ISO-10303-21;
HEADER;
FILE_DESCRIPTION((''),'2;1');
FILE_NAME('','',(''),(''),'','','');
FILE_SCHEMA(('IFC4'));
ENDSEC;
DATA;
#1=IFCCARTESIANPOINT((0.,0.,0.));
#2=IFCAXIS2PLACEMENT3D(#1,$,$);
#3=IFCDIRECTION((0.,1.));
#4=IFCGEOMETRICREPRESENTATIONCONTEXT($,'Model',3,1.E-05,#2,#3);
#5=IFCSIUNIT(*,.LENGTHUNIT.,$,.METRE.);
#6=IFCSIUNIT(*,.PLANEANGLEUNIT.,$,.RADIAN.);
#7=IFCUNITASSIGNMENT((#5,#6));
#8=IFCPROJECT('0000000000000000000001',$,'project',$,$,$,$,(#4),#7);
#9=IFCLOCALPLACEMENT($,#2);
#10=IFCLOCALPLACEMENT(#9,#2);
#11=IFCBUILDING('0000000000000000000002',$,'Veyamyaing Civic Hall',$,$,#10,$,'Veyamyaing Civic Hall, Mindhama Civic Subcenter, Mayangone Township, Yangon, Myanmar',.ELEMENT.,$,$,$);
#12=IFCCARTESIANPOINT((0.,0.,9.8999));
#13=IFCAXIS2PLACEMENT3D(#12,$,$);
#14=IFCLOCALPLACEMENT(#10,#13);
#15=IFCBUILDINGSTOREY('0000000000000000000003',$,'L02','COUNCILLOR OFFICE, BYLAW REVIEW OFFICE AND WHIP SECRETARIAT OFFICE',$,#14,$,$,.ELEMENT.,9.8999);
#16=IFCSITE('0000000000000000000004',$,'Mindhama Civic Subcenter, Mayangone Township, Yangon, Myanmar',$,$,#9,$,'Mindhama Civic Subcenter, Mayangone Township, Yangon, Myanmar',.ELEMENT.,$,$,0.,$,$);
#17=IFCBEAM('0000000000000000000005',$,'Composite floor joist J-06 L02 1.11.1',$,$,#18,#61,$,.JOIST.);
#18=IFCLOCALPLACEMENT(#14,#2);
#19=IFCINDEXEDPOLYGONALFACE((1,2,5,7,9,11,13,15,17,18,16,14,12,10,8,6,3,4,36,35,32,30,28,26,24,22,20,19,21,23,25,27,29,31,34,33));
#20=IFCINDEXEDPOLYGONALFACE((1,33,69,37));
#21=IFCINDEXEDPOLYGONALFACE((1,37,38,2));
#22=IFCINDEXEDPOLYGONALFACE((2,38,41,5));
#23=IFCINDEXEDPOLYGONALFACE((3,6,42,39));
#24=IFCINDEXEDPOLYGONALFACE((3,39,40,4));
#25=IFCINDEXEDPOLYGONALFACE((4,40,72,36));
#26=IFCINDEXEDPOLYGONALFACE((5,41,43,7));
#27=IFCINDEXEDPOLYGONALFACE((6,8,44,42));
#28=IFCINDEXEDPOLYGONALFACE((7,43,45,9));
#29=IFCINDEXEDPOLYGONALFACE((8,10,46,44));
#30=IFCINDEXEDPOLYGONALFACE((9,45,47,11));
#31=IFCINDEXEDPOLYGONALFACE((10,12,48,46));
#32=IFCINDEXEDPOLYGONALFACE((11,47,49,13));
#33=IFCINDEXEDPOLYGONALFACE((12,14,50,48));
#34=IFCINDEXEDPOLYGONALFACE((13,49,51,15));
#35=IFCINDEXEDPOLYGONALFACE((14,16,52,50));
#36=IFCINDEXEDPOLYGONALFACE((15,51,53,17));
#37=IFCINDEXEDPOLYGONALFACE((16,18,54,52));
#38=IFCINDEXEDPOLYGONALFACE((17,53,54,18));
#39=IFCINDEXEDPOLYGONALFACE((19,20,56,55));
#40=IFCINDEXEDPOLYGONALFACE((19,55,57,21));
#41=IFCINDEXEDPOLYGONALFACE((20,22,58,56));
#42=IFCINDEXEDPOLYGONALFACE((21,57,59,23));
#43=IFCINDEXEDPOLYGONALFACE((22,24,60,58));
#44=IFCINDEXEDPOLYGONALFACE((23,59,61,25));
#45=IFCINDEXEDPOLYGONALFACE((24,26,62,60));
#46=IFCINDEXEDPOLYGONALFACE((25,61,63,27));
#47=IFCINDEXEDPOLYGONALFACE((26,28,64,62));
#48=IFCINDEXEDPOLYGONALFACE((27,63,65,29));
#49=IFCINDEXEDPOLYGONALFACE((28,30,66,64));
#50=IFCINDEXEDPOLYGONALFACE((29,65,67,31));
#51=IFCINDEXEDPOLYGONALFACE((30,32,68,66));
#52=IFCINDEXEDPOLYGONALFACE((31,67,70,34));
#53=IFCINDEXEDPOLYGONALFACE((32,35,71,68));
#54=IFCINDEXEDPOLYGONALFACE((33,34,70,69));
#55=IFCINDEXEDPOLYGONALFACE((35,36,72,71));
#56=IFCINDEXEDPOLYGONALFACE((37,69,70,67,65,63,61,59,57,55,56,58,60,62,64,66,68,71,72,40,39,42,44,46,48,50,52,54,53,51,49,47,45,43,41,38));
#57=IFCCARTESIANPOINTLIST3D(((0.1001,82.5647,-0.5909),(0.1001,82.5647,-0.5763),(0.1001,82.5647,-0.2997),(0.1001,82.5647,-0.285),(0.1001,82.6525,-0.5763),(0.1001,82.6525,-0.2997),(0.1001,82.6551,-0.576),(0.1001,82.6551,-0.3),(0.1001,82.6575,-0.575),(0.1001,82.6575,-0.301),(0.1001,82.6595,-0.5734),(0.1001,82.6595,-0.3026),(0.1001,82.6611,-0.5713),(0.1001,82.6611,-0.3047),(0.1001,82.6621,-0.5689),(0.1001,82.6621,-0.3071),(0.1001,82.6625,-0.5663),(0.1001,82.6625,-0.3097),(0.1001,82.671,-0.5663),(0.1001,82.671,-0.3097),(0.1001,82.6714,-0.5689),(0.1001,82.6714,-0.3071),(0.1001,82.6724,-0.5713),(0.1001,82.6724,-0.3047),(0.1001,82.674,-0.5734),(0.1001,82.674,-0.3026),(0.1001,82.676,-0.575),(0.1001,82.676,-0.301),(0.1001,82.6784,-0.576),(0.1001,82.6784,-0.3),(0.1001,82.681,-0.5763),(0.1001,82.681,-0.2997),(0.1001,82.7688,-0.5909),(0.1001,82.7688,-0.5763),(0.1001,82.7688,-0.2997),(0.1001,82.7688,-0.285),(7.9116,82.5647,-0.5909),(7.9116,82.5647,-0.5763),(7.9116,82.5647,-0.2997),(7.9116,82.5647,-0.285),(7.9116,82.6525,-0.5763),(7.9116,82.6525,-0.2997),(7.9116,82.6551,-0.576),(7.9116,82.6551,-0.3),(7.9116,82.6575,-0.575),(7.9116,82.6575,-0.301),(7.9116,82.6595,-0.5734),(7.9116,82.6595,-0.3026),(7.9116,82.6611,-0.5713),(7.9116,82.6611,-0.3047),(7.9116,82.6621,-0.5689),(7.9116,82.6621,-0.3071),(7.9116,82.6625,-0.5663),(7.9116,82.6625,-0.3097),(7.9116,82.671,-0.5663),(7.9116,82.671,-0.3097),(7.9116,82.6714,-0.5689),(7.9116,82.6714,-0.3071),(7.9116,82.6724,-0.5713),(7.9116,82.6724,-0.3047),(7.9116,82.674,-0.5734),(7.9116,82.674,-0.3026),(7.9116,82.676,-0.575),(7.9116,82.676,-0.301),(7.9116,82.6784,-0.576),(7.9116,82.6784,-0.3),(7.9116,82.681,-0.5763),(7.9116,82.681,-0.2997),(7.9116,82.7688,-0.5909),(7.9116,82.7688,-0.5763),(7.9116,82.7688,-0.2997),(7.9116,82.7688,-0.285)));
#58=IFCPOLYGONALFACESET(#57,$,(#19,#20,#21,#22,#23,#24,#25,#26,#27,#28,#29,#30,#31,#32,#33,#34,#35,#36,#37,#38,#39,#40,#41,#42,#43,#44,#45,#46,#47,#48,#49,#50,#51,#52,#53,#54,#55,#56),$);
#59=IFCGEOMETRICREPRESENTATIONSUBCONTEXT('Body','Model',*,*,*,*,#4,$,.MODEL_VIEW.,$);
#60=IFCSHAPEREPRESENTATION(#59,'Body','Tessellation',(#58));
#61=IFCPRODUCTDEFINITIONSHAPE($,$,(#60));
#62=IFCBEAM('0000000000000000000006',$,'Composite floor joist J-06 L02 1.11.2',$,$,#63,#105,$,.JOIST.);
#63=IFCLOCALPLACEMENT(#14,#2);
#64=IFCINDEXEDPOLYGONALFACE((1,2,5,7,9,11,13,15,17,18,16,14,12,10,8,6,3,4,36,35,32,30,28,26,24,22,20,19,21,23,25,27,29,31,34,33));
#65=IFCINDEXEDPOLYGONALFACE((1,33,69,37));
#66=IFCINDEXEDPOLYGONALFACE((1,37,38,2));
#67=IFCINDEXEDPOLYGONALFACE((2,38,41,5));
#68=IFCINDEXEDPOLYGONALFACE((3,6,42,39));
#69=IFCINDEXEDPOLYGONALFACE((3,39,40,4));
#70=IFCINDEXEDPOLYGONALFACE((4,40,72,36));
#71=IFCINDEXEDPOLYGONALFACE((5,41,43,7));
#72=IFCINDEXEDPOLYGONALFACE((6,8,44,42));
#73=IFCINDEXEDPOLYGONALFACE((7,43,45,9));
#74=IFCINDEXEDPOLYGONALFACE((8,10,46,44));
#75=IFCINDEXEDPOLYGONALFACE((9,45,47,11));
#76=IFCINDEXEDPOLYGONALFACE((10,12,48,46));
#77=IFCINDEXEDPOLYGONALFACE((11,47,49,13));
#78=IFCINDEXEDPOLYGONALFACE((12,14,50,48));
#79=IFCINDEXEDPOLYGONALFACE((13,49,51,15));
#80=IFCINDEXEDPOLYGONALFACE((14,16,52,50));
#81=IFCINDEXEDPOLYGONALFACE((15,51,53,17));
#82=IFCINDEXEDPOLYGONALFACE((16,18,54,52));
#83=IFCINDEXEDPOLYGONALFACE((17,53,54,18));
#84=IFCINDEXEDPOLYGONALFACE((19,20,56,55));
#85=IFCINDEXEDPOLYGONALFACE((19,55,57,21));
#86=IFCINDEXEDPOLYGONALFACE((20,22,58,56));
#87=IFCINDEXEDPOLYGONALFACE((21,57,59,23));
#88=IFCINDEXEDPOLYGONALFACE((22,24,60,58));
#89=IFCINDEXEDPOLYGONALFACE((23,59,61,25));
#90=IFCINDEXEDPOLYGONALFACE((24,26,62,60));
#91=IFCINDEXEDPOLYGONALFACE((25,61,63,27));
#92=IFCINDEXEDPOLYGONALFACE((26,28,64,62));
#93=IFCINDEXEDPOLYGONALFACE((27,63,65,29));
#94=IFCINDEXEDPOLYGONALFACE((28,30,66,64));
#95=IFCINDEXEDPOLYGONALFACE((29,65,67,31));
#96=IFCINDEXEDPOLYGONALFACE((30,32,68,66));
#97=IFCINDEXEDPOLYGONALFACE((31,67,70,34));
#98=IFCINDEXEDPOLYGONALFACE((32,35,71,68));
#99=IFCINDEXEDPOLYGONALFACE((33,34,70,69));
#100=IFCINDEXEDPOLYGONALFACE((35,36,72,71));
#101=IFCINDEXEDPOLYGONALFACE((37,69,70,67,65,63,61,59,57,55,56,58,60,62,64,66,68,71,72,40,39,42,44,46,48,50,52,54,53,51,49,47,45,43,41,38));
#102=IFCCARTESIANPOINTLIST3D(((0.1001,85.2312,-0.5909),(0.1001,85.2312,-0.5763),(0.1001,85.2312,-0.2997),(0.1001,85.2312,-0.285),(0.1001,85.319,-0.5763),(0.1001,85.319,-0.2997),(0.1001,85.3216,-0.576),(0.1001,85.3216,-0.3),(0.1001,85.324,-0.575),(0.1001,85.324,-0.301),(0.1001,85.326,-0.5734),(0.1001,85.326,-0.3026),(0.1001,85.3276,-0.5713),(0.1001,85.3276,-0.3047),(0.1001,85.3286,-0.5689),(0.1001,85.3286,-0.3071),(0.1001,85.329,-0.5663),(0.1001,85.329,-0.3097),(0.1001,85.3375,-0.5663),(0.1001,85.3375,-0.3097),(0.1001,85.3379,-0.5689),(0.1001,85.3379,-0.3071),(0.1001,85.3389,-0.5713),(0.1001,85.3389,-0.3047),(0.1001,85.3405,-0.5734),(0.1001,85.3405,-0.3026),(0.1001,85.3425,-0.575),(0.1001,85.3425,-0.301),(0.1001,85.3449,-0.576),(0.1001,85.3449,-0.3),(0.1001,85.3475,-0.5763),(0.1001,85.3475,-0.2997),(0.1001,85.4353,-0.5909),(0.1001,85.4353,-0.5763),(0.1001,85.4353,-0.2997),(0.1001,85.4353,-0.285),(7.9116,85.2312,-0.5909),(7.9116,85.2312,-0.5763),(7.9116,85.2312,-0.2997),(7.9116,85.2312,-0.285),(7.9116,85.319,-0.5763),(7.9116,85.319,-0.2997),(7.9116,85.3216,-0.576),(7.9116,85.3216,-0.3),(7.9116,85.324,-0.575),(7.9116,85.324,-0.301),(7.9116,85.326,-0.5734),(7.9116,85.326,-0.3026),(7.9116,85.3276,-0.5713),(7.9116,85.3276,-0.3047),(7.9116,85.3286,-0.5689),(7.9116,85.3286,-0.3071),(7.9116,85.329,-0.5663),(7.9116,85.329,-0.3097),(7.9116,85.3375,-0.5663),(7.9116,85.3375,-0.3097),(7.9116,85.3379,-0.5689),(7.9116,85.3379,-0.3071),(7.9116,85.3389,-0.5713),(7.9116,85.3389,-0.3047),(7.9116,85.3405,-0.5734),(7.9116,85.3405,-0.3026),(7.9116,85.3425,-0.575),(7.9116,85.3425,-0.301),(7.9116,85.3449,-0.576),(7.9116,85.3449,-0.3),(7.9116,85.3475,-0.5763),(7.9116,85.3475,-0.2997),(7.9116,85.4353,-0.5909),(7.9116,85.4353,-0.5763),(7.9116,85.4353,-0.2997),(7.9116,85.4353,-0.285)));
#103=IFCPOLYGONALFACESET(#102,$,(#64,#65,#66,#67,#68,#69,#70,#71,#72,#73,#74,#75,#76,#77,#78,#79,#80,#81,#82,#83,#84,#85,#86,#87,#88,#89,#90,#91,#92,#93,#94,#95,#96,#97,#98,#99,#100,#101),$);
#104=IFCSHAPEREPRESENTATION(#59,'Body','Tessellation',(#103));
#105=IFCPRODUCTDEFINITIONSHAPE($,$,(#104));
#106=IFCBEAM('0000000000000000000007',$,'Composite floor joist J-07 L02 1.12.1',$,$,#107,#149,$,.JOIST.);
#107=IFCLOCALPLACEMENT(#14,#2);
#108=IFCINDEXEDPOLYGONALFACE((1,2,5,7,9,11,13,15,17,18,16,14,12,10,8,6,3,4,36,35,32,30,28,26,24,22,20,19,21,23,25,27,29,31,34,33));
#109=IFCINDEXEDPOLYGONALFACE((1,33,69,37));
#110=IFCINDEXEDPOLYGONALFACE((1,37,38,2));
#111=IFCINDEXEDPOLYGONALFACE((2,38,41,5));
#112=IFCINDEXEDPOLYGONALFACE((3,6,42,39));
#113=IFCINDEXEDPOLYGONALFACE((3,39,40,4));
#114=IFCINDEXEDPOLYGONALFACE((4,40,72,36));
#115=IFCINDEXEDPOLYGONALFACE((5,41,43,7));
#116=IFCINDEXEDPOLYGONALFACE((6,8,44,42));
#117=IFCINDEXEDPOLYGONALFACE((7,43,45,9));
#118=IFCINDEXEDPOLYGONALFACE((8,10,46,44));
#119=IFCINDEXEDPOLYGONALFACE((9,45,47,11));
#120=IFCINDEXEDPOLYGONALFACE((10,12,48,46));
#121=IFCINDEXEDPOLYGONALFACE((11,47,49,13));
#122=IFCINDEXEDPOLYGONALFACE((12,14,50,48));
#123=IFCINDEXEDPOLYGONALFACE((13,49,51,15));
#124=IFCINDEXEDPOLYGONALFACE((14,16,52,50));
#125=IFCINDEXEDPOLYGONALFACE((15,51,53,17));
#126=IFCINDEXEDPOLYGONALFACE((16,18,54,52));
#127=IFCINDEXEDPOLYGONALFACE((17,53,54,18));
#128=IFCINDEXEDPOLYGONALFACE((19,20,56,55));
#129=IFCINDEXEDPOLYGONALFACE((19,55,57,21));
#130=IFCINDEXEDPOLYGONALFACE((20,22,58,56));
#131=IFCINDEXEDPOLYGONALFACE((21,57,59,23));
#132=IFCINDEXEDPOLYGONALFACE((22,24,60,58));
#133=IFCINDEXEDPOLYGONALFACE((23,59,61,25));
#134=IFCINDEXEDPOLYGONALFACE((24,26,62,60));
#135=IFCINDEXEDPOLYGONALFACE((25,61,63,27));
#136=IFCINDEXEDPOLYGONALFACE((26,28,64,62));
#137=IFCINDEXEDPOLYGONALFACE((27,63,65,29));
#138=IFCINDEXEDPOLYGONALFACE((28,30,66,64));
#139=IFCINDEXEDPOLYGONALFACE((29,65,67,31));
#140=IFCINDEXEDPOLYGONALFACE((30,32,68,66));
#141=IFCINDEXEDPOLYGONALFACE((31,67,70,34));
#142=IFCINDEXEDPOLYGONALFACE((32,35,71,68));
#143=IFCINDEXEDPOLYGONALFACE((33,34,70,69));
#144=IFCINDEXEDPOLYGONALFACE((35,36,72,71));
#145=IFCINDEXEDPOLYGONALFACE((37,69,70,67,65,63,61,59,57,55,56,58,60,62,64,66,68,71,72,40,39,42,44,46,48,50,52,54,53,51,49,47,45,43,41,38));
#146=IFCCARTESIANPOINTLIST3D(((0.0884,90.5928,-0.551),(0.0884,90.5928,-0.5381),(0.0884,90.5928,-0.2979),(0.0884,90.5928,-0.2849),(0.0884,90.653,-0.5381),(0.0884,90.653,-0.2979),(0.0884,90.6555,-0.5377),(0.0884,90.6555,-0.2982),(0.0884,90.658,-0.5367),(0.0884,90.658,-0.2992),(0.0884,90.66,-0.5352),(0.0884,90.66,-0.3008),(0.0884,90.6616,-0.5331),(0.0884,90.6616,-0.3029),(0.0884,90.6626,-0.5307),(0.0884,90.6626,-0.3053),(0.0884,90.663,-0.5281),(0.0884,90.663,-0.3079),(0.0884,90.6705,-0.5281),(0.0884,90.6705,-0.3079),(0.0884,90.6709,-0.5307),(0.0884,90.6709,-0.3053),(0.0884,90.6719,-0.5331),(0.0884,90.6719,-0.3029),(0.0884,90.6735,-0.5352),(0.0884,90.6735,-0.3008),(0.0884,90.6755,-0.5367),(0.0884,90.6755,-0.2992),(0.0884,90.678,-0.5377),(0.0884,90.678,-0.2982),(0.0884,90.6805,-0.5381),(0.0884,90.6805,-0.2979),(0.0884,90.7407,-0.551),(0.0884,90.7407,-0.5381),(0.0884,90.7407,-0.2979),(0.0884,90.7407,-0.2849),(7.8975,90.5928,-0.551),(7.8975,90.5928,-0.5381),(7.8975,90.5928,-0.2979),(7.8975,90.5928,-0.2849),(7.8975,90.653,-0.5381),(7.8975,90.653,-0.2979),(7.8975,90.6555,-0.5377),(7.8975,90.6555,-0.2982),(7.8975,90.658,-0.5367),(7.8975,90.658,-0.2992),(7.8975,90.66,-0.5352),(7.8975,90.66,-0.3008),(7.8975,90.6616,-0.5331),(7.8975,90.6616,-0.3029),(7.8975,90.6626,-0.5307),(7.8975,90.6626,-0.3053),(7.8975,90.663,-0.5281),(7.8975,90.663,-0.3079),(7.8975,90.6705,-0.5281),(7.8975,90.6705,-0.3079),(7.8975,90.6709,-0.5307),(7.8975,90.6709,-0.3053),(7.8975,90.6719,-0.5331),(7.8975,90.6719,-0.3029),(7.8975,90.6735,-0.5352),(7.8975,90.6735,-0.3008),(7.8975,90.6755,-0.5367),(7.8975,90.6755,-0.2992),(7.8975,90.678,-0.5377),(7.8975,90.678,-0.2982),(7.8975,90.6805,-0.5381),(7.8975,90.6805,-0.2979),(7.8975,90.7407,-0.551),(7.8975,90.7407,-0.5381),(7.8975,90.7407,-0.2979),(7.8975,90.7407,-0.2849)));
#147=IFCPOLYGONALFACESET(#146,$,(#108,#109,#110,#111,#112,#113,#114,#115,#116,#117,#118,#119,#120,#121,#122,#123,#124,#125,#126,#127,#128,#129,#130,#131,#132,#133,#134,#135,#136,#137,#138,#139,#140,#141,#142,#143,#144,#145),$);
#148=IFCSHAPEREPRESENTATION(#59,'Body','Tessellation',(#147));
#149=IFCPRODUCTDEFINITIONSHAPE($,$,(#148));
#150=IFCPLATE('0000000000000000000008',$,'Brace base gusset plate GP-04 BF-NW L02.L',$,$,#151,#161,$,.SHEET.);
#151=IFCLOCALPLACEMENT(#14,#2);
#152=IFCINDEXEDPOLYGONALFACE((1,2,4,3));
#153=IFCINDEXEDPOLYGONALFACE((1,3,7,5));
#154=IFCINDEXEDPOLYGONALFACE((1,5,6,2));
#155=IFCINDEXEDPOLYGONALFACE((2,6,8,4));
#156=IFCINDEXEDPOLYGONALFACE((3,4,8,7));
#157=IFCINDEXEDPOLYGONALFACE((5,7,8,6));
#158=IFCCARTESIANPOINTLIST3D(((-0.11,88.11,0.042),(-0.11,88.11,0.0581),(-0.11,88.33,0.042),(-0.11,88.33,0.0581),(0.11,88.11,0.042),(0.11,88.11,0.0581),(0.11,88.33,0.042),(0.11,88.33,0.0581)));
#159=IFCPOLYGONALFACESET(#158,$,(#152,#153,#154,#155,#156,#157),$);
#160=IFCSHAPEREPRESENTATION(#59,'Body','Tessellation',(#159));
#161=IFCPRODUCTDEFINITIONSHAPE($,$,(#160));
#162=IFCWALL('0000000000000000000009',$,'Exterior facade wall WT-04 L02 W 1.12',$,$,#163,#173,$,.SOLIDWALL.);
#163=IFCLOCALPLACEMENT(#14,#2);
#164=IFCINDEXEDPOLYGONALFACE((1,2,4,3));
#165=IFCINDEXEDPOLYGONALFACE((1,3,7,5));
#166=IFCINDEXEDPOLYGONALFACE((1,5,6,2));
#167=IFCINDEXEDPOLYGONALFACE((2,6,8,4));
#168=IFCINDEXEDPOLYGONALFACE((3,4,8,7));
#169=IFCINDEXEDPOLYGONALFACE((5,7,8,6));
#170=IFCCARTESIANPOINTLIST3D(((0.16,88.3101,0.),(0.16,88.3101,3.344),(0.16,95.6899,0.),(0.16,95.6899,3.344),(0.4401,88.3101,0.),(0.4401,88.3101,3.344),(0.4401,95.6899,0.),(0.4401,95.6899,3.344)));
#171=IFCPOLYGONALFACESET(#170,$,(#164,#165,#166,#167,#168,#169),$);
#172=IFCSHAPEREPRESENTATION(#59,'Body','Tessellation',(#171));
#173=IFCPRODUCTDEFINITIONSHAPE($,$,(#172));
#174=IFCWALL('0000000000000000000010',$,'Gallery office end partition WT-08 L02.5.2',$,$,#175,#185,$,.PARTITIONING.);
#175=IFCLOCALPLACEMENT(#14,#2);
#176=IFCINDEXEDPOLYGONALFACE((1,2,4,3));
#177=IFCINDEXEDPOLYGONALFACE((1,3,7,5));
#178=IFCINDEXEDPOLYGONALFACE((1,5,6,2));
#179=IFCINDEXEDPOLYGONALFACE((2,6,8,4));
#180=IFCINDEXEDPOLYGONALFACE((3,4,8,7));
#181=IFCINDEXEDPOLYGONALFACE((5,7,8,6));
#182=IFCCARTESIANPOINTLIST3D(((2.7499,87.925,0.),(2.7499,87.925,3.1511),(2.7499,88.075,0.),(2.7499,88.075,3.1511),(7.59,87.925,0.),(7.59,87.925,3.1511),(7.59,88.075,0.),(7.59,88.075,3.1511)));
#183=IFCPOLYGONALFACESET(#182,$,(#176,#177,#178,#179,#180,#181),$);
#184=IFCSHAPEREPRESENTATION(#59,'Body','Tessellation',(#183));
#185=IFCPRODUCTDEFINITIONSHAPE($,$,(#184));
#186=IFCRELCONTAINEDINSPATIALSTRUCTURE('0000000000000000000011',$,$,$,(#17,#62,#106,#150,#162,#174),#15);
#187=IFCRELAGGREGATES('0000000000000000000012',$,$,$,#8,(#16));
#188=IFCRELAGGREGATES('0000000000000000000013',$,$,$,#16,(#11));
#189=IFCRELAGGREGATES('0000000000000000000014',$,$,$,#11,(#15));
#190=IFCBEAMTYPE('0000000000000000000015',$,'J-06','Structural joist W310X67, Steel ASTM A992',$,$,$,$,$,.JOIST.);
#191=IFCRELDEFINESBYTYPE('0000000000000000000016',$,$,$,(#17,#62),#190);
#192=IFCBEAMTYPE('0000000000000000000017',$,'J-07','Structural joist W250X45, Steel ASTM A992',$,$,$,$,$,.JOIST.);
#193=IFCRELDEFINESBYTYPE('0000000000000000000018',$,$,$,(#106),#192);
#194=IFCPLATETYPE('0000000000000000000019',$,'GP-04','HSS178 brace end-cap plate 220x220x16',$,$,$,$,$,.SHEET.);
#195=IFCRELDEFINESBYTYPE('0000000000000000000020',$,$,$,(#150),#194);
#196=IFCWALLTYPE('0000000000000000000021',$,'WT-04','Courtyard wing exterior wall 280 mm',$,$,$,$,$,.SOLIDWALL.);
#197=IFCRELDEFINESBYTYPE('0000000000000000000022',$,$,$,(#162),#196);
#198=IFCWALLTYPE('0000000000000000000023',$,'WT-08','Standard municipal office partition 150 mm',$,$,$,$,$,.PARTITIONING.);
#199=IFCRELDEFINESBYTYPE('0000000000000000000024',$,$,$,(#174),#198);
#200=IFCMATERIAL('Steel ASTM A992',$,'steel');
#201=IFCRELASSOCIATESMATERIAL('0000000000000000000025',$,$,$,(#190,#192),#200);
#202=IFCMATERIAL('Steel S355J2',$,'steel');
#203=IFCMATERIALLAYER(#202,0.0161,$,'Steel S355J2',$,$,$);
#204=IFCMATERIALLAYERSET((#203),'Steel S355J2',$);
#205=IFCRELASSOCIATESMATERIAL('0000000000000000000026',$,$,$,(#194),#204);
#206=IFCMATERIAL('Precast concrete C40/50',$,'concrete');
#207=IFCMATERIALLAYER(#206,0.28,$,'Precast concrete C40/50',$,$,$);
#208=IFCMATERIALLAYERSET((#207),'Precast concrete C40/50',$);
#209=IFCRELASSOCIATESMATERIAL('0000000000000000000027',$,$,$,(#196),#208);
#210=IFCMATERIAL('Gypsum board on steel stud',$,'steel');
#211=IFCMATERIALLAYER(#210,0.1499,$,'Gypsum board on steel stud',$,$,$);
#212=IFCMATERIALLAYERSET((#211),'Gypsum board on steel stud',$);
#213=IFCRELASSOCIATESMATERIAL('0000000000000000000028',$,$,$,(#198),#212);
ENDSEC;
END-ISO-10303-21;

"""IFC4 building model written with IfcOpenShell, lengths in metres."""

from ifc_helpers import new_model, si_unit, direction, frame, frame_2d, origin, origin_2d, place, context, subcontext, project, spatial, rectangle, i_section, extrude, material, layer, layer_set, material_profile, profile_set, type_object, element, save


model = new_model("IFC4")

# Units and contexts
model_context = context("Model", 3, precision=1e-05, world=origin(), true_north=direction((0.0, 1.0)))
body_context = subcontext(model_context, "Body", "Model", "MODEL_VIEW")
ifc_project = project(units=[si_unit("LENGTHUNIT", "METRE"), si_unit("PLANEANGLEUNIT", "RADIAN")], contexts=[model_context])

# Site, building, storey
site_placement = place(None, origin())
site = spatial("IfcSite", under=ifc_project, at=site_placement, Name="Mindhama Civic Subcenter, Mayangone Township, Yangon, Myanmar", LongName="Mindhama Civic Subcenter, Mayangone Township, Yangon, Myanmar", CompositionType="ELEMENT", RefElevation=0.0)
building_placement = place(site_placement, origin())
building = spatial("IfcBuilding", under=site, at=building_placement, Name="Veyamyaing Civic Hall", LongName="Veyamyaing Civic Hall, Mindhama Civic Subcenter, Mayangone Township, Yangon, Myanmar", CompositionType="ELEMENT")
storey_placement = place(building_placement, frame((0.0, 0.0, 9.8999)))
storey = spatial("IfcBuildingStorey", under=building, at=storey_placement, Name="L02", Description="COUNCILLOR OFFICE, BYLAW REVIEW OFFICE AND WHIP SECRETARIAT OFFICE", CompositionType="ELEMENT", Elevation=9.8999)

# Shared definitions
ifc_material_1 = material(Name="Steel ASTM A992", Category="steel")

# Shared definitions
ifc_material_2 = material(Name="Steel S355J2", Category="steel")

# Beams
ifc_material_profile_1 = material_profile(ifc_material_1, i_section(OverallWidth=0.2041, OverallDepth=0.3059, WebThickness=0.0085, FlangeThickness=0.0146, FilletRadius=0.01, at=origin_2d()), Name="W310X67")
ifc_profile_set_1 = profile_set([ifc_material_profile_1], Name="Steel ASTM A992")
beam_type_1 = type_object("IfcBeamType", Name="J-06", Description="Structural joist W310X67, Steel ASTM A992", PredefinedType="JOIST", material=ifc_profile_set_1)
for number, where, z_axis, x_axis, name in (
    (1, (0.1001, 82.6667, -0.438), (1.0, 0.0, 0.0), (0.0, 1.0, 0.0), "Composite floor joist J-06 L02 1.11.1"),
    (2, (0.1001, 85.3333, -0.438), (1.0, 0.0, 0.0), (0.0, 1.0, 0.0), "Composite floor joist J-06 L02 1.11.2"),
):
    element("IfcBeam", number, at=place(storey_placement, frame(where, z_axis=z_axis, x_axis=x_axis)), inside=storey, type_object=beam_type_1, Name=name, PredefinedType="JOIST", context=body_context, shape_type="SweptSolid", body=[
        extrude(i_section(OverallWidth=0.2041, OverallDepth=0.3059, WebThickness=0.0085, FlangeThickness=0.0146, FilletRadius=0.01, at=origin_2d()), origin(), (0.0, 0.0, 1.0), 7.8115),
    ])
ifc_material_profile_2 = material_profile(ifc_material_1, i_section(OverallWidth=0.1479, OverallDepth=0.2661, WebThickness=0.0076, FlangeThickness=0.0129, FilletRadius=0.01, at=origin_2d()), Name="W250X45")
ifc_profile_set_2 = profile_set([ifc_material_profile_2], Name="Steel ASTM A992")
beam_type_2 = type_object("IfcBeamType", Name="J-07", Description="Structural joist W250X45, Steel ASTM A992", PredefinedType="JOIST", material=ifc_profile_set_2)
beam_1_placement = place(storey_placement, frame((0.0884, 90.6667, -0.418), z_axis=(1.0, 0.0, 0.0), x_axis=(0.0, 1.0, 0.0)))
element("IfcBeam", 3, at=beam_1_placement, inside=storey, type_object=beam_type_2, Name="Composite floor joist J-07 L02 1.12.1", PredefinedType="JOIST", context=body_context, shape_type="SweptSolid", body=[
    extrude(i_section(OverallWidth=0.1479, OverallDepth=0.2661, WebThickness=0.0076, FlangeThickness=0.0129, FilletRadius=0.01, at=origin_2d()), origin(), (0.0, 0.0, 1.0), 7.8091),
])

# Plate
ifc_layer_1 = layer(ifc_material_2, 0.0161, Name="Steel S355J2")
ifc_layer_set_1 = layer_set([ifc_layer_1], Name="Steel S355J2")
plate_type = type_object("IfcPlateType", Name="GP-04", Description="HSS178 brace end-cap plate 220x220x16", PredefinedType="SHEET", material=ifc_layer_set_1)
plate_placement = place(storey_placement, frame((0.0, 88.22, 0.042), z_axis=(0.0, 0.0, 1.0), x_axis=(1.0, 0.0, 0.0)))
element("IfcPlate", 4, at=plate_placement, inside=storey, type_object=plate_type, Name="Brace base gusset plate GP-04 BF-NW L02.L", PredefinedType="SHEET", context=body_context, shape_type="SweptSolid", body=[
    extrude(rectangle(XDim=0.22, YDim=0.22, at=origin_2d()), origin(), (0.0, 0.0, 1.0), 0.0161),
])

# Walls
ifc_material_3 = material(Name="Precast concrete C40/50", Category="concrete")
ifc_layer_2 = layer(ifc_material_3, 0.28, Name="Precast concrete C40/50")
ifc_layer_set_2 = layer_set([ifc_layer_2], Name="Precast concrete C40/50")
wall_type_1 = type_object("IfcWallType", Name="WT-04", Description="Courtyard wing exterior wall 280 mm", PredefinedType="SOLIDWALL", material=ifc_layer_set_2)
wall_1_placement = place(storey_placement, frame((0.3, 88.3101, 0.0), z_axis=(0.0, 0.0, 1.0), x_axis=(0.0, 1.0, 0.0)))
element("IfcWall", 5, at=wall_1_placement, inside=storey, type_object=wall_type_1, Name="Exterior facade wall WT-04 L02 W 1.12", PredefinedType="SOLIDWALL", context=body_context, shape_type="SweptSolid", body=[
    extrude(rectangle(XDim=7.3799, YDim=0.28, at=frame_2d((3.6899, 0.0))), origin(), (0.0, 0.0, 1.0), 3.344),
])
ifc_material_4 = material(Name="Gypsum board on steel stud", Category="steel")
ifc_layer_3 = layer(ifc_material_4, 0.1499, Name="Gypsum board on steel stud")
ifc_layer_set_3 = layer_set([ifc_layer_3], Name="Gypsum board on steel stud")
wall_type_2 = type_object("IfcWallType", Name="WT-08", Description="Standard municipal office partition 150 mm", PredefinedType="PARTITIONING", material=ifc_layer_set_3)
wall_2_placement = place(storey_placement, frame((2.75, 88.0, 0.0), z_axis=(0.0, 0.0, 1.0), x_axis=(1.0, 0.0, 0.0)))
element("IfcWall", 6, at=wall_2_placement, inside=storey, type_object=wall_type_2, Name="Gallery office end partition WT-08 L02.5.2", PredefinedType="PARTITIONING", context=body_context, shape_type="SweptSolid", body=[
    extrude(rectangle(XDim=4.8401, YDim=0.1499, at=frame_2d((2.4199, 0.0))), origin(), (0.0, 0.0, 1.0), 3.1511),
])

save(model, "model.ifc")
